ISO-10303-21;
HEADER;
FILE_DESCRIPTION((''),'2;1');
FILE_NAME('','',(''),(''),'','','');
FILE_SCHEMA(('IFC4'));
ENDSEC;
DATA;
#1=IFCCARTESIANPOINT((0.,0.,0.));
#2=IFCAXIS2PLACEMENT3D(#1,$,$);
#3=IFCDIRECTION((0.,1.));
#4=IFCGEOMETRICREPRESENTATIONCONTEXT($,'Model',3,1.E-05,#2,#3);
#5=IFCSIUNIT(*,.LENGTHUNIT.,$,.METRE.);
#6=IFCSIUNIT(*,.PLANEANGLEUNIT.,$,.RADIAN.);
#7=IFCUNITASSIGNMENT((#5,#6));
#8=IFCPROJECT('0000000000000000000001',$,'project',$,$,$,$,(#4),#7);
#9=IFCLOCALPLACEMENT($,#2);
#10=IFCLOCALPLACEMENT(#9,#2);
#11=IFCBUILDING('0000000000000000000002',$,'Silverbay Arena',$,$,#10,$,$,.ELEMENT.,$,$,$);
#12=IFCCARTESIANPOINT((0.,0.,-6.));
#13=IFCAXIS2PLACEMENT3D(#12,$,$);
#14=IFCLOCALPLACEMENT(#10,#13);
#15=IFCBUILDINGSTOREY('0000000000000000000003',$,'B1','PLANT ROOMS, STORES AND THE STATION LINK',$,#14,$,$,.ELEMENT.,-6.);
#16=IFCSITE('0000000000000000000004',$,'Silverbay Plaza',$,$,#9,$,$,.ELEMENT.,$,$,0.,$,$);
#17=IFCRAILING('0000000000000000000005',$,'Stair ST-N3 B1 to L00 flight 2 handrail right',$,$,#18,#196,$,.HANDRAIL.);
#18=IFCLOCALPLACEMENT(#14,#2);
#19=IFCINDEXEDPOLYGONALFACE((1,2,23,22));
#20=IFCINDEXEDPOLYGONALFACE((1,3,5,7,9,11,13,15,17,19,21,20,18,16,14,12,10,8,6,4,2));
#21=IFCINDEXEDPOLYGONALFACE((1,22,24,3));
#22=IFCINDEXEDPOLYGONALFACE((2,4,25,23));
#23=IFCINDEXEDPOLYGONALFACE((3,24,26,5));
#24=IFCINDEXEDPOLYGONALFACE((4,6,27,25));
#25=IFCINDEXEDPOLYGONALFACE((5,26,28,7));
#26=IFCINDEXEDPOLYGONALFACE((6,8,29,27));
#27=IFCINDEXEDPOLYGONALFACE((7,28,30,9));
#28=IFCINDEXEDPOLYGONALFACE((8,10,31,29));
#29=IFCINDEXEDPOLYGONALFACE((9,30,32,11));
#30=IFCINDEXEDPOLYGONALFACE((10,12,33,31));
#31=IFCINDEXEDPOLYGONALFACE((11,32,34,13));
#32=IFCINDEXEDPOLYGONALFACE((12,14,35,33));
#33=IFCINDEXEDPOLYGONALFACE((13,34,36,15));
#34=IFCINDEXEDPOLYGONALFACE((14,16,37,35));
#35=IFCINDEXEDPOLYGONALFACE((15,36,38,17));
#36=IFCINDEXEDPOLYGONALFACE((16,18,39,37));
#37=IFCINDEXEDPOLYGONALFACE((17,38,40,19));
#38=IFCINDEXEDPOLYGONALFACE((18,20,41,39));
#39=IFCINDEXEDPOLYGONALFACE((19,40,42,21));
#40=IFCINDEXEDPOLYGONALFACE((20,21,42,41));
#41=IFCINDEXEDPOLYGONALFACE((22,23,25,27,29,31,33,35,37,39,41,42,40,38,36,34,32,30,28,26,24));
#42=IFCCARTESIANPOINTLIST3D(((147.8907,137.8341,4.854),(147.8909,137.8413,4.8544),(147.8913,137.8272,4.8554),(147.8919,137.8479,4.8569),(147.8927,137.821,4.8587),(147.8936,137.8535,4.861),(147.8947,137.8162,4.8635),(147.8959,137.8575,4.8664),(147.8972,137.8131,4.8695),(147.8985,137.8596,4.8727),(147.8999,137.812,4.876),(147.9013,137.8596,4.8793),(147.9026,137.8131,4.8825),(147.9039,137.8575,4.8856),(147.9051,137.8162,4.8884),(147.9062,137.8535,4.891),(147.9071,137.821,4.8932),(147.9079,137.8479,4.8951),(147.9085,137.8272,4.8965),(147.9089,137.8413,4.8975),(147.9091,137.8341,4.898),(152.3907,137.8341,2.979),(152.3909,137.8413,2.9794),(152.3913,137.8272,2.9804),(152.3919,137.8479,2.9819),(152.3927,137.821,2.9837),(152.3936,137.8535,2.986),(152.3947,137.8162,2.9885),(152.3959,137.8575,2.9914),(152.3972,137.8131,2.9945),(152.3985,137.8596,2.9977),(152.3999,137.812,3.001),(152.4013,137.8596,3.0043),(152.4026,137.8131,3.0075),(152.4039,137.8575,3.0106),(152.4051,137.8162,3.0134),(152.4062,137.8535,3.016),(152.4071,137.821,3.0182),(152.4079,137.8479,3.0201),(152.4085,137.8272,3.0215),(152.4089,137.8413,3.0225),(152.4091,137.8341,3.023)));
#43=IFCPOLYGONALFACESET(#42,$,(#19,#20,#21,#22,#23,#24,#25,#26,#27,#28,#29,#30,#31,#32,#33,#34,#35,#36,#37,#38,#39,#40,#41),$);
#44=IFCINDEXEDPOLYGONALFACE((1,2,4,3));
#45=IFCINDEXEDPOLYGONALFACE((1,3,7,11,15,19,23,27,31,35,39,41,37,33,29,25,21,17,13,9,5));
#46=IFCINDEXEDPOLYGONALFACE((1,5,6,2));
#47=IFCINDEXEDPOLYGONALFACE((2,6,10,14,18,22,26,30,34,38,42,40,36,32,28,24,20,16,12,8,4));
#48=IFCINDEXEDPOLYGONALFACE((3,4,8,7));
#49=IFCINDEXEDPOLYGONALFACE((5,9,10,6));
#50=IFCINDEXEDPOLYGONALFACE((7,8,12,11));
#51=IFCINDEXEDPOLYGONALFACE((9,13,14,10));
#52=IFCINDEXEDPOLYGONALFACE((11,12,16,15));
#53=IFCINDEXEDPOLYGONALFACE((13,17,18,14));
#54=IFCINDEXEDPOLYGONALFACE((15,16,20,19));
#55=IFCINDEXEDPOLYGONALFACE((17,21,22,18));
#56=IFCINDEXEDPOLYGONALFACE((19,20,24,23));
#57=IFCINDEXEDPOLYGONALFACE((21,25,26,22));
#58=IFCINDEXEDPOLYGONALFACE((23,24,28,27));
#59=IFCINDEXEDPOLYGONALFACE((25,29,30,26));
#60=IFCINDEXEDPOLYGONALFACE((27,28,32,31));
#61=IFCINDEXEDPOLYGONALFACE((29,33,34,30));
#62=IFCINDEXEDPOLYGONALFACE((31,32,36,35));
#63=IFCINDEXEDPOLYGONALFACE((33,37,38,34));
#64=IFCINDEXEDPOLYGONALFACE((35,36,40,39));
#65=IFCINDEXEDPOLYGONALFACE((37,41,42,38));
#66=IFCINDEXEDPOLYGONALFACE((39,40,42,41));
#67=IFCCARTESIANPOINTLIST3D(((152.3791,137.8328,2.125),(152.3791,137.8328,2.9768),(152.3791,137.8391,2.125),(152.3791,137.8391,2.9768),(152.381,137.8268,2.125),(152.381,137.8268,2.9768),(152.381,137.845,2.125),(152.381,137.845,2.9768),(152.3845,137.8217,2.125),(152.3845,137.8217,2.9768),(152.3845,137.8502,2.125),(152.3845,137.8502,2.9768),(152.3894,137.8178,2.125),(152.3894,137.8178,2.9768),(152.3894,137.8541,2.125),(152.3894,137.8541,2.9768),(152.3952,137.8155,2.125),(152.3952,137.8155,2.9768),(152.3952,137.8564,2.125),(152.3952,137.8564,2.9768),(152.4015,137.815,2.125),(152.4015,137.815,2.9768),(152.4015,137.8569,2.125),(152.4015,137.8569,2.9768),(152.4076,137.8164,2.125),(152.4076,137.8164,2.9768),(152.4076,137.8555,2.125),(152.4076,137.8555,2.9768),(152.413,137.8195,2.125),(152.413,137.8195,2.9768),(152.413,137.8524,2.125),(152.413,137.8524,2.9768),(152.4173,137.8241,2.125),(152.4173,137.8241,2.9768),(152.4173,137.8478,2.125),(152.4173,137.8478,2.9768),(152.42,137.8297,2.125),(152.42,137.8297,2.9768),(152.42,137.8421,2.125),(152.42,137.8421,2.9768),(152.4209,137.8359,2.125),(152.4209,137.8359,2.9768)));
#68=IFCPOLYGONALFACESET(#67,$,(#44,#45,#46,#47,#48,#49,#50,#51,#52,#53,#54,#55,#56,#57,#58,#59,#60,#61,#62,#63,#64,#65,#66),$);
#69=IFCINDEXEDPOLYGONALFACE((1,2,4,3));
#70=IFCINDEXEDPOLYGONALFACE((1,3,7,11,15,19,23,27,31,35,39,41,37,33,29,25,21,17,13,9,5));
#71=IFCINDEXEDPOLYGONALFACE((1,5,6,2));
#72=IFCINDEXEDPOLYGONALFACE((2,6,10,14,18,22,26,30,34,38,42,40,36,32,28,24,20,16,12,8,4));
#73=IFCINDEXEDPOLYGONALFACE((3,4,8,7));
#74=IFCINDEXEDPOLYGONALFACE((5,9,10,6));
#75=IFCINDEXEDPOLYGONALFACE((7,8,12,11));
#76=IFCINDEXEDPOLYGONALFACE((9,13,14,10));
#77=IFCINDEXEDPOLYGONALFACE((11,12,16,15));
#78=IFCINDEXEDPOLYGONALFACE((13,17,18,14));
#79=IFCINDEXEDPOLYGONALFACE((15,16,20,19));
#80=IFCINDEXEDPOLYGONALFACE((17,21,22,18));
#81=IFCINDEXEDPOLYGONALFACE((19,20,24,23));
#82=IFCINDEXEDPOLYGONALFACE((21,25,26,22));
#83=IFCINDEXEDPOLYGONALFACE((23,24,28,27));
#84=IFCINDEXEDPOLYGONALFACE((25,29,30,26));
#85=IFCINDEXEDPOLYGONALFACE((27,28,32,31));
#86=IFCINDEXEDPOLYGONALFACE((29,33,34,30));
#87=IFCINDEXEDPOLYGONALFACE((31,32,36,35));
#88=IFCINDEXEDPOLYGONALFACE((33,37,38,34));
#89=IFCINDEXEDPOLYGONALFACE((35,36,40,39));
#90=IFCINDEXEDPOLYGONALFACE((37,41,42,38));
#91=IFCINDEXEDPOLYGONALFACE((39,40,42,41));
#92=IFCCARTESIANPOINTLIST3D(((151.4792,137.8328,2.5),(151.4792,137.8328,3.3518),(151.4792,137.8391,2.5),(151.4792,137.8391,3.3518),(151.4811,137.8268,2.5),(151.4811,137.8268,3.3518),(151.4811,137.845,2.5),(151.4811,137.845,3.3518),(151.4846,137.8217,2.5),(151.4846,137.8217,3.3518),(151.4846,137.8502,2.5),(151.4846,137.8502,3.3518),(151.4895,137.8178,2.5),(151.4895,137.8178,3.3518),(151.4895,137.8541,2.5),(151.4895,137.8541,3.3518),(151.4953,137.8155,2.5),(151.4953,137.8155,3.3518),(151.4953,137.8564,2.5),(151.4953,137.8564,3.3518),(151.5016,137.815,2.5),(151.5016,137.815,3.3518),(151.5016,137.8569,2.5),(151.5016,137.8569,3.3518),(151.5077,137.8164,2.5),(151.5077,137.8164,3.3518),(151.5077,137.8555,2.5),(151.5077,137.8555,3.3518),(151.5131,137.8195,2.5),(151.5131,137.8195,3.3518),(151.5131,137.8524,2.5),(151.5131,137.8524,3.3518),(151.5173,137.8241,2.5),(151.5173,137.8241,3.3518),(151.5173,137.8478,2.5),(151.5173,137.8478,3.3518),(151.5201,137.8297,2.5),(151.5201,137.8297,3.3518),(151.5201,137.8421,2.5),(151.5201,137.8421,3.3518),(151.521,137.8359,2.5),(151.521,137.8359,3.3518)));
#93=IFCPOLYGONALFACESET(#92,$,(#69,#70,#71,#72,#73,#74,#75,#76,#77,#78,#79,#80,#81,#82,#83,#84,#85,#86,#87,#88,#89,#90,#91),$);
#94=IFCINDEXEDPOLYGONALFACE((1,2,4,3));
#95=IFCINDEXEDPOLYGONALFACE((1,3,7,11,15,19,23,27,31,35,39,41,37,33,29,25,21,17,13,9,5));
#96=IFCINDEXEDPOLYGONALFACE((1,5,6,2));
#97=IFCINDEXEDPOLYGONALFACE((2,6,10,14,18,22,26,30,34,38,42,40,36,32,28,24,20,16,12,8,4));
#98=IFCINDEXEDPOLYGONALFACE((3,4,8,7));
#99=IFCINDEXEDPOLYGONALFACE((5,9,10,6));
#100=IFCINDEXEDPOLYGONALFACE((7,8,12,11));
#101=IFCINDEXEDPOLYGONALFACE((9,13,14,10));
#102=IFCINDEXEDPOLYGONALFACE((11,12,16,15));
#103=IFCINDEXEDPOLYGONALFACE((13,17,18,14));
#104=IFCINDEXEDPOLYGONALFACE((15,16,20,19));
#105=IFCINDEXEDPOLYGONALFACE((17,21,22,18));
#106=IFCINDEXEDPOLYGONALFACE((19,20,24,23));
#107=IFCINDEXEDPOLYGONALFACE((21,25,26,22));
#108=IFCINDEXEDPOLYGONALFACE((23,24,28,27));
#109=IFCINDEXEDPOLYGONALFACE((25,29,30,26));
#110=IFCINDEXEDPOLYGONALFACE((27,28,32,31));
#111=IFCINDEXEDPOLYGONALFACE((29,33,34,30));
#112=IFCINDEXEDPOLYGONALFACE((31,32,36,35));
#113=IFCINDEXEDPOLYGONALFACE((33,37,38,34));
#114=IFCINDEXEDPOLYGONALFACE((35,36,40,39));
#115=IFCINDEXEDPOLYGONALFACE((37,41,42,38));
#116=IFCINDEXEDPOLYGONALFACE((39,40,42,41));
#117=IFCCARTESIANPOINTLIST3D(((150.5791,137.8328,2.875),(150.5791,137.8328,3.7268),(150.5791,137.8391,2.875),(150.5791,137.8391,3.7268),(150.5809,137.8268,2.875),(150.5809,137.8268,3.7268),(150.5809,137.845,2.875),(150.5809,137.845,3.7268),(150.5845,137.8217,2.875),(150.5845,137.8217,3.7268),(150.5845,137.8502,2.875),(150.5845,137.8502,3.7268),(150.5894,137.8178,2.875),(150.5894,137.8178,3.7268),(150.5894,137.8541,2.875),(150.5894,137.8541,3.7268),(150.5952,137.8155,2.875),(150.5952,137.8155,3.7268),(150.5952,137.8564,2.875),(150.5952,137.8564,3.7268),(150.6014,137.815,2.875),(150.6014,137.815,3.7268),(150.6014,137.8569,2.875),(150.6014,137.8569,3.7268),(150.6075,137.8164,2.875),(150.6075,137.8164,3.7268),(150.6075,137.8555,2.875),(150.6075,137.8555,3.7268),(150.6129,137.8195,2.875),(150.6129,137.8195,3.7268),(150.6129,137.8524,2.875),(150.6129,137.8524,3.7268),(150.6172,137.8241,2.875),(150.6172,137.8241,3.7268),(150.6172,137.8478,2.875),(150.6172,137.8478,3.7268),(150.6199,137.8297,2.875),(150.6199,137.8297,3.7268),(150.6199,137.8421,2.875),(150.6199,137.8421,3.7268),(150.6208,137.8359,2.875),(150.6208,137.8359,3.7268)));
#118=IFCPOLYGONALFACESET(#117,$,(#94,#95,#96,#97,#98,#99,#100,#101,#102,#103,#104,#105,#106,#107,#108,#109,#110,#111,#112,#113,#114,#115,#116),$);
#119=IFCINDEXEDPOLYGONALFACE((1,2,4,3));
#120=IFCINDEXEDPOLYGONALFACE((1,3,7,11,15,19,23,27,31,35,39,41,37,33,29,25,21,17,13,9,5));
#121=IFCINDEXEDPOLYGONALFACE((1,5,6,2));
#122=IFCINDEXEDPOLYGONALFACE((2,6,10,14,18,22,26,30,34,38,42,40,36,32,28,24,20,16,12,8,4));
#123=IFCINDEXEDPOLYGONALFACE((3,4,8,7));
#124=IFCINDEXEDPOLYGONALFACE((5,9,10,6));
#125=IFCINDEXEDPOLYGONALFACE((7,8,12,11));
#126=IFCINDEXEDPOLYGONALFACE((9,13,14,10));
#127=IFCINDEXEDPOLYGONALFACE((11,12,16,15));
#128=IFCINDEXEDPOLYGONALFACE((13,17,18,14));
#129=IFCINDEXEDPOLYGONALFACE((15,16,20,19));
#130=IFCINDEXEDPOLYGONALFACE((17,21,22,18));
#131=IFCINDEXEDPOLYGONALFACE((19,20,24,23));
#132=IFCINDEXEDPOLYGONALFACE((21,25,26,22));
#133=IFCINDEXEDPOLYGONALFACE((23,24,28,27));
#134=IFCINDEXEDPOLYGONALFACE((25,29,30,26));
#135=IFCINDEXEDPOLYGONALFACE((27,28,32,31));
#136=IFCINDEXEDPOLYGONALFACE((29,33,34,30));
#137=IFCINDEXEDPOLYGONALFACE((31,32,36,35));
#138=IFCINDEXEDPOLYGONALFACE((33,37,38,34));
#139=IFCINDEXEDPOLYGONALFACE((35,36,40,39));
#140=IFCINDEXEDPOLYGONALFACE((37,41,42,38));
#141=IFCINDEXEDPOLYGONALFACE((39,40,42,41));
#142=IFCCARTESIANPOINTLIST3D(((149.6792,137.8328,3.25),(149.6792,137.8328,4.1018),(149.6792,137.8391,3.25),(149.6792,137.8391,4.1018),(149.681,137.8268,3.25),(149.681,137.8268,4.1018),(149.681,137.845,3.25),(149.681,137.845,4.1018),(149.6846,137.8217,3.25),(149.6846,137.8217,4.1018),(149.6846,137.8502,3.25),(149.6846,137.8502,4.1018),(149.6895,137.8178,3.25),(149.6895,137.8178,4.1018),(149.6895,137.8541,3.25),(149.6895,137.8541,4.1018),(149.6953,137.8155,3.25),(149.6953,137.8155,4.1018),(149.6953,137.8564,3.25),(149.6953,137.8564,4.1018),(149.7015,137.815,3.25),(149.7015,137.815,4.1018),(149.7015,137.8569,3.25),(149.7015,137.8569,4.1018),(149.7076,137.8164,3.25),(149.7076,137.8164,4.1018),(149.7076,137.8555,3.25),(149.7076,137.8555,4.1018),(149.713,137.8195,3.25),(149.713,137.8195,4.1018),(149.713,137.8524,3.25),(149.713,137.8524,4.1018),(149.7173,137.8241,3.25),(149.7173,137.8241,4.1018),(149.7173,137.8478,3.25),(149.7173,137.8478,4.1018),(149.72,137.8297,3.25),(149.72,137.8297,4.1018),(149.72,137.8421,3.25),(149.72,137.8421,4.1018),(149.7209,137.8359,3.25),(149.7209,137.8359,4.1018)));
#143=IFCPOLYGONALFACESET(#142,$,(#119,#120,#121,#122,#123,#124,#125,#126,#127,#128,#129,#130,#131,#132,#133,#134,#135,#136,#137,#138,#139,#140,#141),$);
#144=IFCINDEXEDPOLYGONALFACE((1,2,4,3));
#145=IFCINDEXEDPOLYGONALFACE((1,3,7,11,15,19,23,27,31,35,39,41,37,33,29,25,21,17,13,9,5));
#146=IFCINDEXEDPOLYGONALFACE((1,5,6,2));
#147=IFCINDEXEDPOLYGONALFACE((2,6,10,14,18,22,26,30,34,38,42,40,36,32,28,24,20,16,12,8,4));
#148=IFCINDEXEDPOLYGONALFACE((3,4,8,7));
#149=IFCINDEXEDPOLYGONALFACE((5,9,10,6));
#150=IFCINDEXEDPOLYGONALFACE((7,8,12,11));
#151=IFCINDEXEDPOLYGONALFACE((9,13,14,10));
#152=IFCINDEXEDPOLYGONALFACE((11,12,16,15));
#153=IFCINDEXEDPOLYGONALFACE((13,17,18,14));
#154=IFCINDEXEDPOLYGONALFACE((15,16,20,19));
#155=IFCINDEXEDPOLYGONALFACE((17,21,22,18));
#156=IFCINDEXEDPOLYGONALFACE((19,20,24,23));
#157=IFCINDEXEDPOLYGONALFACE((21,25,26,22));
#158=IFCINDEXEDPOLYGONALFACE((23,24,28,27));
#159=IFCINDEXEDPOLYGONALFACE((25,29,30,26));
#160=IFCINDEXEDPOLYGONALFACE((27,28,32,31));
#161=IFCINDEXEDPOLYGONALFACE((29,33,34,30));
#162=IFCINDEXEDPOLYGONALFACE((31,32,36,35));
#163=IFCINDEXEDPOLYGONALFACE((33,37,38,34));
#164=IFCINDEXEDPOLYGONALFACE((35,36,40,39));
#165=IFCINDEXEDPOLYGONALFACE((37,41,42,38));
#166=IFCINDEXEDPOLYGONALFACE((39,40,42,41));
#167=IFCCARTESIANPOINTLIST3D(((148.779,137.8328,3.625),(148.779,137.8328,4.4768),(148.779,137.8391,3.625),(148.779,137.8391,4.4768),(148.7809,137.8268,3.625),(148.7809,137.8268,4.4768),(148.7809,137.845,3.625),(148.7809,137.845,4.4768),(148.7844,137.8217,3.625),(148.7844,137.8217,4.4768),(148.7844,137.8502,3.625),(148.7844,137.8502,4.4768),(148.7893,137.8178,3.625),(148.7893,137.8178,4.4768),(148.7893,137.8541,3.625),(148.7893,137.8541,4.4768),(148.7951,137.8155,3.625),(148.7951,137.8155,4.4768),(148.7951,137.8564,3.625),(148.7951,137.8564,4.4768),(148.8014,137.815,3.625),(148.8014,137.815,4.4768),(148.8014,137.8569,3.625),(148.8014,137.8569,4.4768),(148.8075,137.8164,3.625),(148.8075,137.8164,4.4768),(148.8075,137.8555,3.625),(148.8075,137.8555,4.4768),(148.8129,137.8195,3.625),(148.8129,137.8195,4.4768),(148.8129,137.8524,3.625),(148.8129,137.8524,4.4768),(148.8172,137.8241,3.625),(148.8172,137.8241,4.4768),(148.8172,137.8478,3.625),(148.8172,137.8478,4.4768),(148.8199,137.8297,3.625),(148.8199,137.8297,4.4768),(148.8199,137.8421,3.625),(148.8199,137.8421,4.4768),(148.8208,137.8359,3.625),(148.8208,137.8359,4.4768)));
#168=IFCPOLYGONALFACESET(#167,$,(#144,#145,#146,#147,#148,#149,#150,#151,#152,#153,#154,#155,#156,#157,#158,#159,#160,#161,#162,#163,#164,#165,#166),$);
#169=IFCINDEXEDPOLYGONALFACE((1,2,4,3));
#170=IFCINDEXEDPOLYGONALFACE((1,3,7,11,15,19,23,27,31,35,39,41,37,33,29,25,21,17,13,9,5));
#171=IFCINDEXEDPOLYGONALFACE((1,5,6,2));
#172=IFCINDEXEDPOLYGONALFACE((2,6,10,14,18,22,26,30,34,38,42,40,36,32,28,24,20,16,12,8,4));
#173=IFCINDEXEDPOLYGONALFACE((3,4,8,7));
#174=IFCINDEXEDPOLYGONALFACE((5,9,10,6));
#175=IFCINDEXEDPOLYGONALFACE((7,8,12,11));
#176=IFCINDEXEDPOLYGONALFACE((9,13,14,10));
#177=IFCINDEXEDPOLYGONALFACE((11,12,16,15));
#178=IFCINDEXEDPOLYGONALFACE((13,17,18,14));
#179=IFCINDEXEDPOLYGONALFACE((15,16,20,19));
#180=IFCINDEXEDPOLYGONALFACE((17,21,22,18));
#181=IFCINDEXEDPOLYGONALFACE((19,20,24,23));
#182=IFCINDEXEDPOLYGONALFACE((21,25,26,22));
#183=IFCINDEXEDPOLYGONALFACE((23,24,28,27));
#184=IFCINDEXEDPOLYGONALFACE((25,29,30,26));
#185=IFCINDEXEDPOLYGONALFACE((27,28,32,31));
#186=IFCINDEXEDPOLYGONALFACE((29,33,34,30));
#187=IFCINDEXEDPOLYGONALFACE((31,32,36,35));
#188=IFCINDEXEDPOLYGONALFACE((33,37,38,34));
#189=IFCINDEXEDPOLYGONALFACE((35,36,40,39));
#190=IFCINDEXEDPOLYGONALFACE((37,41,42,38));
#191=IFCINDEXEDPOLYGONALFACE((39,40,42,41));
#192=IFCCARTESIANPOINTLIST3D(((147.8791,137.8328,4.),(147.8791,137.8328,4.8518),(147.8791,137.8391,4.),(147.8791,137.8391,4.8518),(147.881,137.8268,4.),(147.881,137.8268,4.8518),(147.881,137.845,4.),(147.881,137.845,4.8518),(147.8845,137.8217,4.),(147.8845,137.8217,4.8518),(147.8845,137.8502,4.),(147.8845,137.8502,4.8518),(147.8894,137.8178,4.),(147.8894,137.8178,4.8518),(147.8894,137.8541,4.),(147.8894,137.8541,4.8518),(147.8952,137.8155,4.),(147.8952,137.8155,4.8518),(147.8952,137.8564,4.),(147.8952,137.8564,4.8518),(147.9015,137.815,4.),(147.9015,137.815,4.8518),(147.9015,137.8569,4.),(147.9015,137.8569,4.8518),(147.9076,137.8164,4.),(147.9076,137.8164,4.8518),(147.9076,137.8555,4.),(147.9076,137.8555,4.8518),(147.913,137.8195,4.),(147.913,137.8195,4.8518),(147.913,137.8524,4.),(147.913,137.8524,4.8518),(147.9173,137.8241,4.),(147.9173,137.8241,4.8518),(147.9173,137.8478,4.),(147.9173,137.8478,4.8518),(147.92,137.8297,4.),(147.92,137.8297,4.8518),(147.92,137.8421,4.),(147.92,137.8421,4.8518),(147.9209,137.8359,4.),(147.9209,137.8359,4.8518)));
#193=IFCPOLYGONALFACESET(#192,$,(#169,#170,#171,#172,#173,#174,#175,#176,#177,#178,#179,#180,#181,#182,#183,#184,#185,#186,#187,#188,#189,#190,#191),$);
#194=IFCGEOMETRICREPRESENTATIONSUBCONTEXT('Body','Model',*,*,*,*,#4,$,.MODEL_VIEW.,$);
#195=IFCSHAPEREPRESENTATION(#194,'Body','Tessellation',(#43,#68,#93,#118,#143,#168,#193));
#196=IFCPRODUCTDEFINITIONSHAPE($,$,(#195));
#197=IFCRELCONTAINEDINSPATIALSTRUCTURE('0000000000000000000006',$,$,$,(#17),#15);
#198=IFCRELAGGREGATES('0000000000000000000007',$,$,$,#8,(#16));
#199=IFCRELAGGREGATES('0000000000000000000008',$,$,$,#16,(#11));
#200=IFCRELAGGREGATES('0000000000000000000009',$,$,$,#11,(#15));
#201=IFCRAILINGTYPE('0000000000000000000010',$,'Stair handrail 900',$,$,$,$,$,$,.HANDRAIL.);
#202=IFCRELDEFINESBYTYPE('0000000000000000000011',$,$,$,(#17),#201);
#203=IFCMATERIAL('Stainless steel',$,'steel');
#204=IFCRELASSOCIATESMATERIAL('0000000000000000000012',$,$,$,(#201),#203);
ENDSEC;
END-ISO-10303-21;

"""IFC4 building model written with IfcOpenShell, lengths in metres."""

from ifc_helpers import new_model, si_unit, direction, frame, origin, origin_2d, place, context, subcontext, project, spatial, circle, extrude, material, type_object, element, save


model = new_model("IFC4")

# Units and contexts
model_context = context("Model", 3, precision=1e-05, world=origin(), true_north=direction((0.0, 1.0)))
body_context = subcontext(model_context, "Body", "Model", "MODEL_VIEW")
ifc_project = project(units=[si_unit("LENGTHUNIT", "METRE"), si_unit("PLANEANGLEUNIT", "RADIAN")], contexts=[model_context])

# Site, building, storey
site_placement = place(None, origin())
site = spatial("IfcSite", under=ifc_project, at=site_placement, Name="Silverbay Plaza", CompositionType="ELEMENT", RefElevation=0.0)
building_placement = place(site_placement, origin())
building = spatial("IfcBuilding", under=site, at=building_placement, Name="Silverbay Arena", CompositionType="ELEMENT")
storey_placement = place(building_placement, frame((0.0, 0.0, -6.0)))
storey = spatial("IfcBuildingStorey", under=building, at=storey_placement, Name="B1", Description="PLANT ROOMS, STORES AND THE STATION LINK", CompositionType="ELEMENT", Elevation=-6.0)

# Railing
ifc_material_1 = material(Name="Stainless steel", Category="steel")
railing_type_1 = type_object("IfcRailingType", Name="Stair handrail 900", PredefinedType="HANDRAIL", material=ifc_material_1)
for number, where, name in (
    (1, (152.3999, 137.8359, 2.125), "Stair ST-N3 B1 to L00 flight 2 handrail right"),
):
    element("IfcRailing", number, at=place(storey_placement, frame(where)), inside=storey, type_object=railing_type_1, Name=name, PredefinedType="HANDRAIL", context=body_context, shape_type="SweptSolid", body=[
        extrude(circle(Radius=0.0239, at=origin_2d()), frame((0.0, 0.0, 0.876), z_axis=(-0.923077, 0.0, 0.384615), x_axis=(0.0, -1.0, 0.0)), (0.0, 0.0, 1.0), 4.875),
        extrude(circle(Radius=0.021, at=origin_2d()), origin(), (0.0, 0.0, 1.0), 0.8518),
        extrude(circle(Radius=0.021, at=origin_2d()), frame((-0.8999, 0.0, 0.375)), (0.0, 0.0, 1.0), 0.8518),
        extrude(circle(Radius=0.021, at=origin_2d()), frame((-1.8, 0.0, 0.75)), (0.0, 0.0, 1.0), 0.8518),
        extrude(circle(Radius=0.021, at=origin_2d()), frame((-2.7, 0.0, 1.125)), (0.0, 0.0, 1.0), 0.8518),
        extrude(circle(Radius=0.021, at=origin_2d()), frame((-3.6001, 0.0, 1.5)), (0.0, 0.0, 1.0), 0.8518),
        extrude(circle(Radius=0.021, at=origin_2d()), frame((-4.5, 0.0, 1.875)), (0.0, 0.0, 1.0), 0.8518),
    ])

save(model, "model.ifc")
